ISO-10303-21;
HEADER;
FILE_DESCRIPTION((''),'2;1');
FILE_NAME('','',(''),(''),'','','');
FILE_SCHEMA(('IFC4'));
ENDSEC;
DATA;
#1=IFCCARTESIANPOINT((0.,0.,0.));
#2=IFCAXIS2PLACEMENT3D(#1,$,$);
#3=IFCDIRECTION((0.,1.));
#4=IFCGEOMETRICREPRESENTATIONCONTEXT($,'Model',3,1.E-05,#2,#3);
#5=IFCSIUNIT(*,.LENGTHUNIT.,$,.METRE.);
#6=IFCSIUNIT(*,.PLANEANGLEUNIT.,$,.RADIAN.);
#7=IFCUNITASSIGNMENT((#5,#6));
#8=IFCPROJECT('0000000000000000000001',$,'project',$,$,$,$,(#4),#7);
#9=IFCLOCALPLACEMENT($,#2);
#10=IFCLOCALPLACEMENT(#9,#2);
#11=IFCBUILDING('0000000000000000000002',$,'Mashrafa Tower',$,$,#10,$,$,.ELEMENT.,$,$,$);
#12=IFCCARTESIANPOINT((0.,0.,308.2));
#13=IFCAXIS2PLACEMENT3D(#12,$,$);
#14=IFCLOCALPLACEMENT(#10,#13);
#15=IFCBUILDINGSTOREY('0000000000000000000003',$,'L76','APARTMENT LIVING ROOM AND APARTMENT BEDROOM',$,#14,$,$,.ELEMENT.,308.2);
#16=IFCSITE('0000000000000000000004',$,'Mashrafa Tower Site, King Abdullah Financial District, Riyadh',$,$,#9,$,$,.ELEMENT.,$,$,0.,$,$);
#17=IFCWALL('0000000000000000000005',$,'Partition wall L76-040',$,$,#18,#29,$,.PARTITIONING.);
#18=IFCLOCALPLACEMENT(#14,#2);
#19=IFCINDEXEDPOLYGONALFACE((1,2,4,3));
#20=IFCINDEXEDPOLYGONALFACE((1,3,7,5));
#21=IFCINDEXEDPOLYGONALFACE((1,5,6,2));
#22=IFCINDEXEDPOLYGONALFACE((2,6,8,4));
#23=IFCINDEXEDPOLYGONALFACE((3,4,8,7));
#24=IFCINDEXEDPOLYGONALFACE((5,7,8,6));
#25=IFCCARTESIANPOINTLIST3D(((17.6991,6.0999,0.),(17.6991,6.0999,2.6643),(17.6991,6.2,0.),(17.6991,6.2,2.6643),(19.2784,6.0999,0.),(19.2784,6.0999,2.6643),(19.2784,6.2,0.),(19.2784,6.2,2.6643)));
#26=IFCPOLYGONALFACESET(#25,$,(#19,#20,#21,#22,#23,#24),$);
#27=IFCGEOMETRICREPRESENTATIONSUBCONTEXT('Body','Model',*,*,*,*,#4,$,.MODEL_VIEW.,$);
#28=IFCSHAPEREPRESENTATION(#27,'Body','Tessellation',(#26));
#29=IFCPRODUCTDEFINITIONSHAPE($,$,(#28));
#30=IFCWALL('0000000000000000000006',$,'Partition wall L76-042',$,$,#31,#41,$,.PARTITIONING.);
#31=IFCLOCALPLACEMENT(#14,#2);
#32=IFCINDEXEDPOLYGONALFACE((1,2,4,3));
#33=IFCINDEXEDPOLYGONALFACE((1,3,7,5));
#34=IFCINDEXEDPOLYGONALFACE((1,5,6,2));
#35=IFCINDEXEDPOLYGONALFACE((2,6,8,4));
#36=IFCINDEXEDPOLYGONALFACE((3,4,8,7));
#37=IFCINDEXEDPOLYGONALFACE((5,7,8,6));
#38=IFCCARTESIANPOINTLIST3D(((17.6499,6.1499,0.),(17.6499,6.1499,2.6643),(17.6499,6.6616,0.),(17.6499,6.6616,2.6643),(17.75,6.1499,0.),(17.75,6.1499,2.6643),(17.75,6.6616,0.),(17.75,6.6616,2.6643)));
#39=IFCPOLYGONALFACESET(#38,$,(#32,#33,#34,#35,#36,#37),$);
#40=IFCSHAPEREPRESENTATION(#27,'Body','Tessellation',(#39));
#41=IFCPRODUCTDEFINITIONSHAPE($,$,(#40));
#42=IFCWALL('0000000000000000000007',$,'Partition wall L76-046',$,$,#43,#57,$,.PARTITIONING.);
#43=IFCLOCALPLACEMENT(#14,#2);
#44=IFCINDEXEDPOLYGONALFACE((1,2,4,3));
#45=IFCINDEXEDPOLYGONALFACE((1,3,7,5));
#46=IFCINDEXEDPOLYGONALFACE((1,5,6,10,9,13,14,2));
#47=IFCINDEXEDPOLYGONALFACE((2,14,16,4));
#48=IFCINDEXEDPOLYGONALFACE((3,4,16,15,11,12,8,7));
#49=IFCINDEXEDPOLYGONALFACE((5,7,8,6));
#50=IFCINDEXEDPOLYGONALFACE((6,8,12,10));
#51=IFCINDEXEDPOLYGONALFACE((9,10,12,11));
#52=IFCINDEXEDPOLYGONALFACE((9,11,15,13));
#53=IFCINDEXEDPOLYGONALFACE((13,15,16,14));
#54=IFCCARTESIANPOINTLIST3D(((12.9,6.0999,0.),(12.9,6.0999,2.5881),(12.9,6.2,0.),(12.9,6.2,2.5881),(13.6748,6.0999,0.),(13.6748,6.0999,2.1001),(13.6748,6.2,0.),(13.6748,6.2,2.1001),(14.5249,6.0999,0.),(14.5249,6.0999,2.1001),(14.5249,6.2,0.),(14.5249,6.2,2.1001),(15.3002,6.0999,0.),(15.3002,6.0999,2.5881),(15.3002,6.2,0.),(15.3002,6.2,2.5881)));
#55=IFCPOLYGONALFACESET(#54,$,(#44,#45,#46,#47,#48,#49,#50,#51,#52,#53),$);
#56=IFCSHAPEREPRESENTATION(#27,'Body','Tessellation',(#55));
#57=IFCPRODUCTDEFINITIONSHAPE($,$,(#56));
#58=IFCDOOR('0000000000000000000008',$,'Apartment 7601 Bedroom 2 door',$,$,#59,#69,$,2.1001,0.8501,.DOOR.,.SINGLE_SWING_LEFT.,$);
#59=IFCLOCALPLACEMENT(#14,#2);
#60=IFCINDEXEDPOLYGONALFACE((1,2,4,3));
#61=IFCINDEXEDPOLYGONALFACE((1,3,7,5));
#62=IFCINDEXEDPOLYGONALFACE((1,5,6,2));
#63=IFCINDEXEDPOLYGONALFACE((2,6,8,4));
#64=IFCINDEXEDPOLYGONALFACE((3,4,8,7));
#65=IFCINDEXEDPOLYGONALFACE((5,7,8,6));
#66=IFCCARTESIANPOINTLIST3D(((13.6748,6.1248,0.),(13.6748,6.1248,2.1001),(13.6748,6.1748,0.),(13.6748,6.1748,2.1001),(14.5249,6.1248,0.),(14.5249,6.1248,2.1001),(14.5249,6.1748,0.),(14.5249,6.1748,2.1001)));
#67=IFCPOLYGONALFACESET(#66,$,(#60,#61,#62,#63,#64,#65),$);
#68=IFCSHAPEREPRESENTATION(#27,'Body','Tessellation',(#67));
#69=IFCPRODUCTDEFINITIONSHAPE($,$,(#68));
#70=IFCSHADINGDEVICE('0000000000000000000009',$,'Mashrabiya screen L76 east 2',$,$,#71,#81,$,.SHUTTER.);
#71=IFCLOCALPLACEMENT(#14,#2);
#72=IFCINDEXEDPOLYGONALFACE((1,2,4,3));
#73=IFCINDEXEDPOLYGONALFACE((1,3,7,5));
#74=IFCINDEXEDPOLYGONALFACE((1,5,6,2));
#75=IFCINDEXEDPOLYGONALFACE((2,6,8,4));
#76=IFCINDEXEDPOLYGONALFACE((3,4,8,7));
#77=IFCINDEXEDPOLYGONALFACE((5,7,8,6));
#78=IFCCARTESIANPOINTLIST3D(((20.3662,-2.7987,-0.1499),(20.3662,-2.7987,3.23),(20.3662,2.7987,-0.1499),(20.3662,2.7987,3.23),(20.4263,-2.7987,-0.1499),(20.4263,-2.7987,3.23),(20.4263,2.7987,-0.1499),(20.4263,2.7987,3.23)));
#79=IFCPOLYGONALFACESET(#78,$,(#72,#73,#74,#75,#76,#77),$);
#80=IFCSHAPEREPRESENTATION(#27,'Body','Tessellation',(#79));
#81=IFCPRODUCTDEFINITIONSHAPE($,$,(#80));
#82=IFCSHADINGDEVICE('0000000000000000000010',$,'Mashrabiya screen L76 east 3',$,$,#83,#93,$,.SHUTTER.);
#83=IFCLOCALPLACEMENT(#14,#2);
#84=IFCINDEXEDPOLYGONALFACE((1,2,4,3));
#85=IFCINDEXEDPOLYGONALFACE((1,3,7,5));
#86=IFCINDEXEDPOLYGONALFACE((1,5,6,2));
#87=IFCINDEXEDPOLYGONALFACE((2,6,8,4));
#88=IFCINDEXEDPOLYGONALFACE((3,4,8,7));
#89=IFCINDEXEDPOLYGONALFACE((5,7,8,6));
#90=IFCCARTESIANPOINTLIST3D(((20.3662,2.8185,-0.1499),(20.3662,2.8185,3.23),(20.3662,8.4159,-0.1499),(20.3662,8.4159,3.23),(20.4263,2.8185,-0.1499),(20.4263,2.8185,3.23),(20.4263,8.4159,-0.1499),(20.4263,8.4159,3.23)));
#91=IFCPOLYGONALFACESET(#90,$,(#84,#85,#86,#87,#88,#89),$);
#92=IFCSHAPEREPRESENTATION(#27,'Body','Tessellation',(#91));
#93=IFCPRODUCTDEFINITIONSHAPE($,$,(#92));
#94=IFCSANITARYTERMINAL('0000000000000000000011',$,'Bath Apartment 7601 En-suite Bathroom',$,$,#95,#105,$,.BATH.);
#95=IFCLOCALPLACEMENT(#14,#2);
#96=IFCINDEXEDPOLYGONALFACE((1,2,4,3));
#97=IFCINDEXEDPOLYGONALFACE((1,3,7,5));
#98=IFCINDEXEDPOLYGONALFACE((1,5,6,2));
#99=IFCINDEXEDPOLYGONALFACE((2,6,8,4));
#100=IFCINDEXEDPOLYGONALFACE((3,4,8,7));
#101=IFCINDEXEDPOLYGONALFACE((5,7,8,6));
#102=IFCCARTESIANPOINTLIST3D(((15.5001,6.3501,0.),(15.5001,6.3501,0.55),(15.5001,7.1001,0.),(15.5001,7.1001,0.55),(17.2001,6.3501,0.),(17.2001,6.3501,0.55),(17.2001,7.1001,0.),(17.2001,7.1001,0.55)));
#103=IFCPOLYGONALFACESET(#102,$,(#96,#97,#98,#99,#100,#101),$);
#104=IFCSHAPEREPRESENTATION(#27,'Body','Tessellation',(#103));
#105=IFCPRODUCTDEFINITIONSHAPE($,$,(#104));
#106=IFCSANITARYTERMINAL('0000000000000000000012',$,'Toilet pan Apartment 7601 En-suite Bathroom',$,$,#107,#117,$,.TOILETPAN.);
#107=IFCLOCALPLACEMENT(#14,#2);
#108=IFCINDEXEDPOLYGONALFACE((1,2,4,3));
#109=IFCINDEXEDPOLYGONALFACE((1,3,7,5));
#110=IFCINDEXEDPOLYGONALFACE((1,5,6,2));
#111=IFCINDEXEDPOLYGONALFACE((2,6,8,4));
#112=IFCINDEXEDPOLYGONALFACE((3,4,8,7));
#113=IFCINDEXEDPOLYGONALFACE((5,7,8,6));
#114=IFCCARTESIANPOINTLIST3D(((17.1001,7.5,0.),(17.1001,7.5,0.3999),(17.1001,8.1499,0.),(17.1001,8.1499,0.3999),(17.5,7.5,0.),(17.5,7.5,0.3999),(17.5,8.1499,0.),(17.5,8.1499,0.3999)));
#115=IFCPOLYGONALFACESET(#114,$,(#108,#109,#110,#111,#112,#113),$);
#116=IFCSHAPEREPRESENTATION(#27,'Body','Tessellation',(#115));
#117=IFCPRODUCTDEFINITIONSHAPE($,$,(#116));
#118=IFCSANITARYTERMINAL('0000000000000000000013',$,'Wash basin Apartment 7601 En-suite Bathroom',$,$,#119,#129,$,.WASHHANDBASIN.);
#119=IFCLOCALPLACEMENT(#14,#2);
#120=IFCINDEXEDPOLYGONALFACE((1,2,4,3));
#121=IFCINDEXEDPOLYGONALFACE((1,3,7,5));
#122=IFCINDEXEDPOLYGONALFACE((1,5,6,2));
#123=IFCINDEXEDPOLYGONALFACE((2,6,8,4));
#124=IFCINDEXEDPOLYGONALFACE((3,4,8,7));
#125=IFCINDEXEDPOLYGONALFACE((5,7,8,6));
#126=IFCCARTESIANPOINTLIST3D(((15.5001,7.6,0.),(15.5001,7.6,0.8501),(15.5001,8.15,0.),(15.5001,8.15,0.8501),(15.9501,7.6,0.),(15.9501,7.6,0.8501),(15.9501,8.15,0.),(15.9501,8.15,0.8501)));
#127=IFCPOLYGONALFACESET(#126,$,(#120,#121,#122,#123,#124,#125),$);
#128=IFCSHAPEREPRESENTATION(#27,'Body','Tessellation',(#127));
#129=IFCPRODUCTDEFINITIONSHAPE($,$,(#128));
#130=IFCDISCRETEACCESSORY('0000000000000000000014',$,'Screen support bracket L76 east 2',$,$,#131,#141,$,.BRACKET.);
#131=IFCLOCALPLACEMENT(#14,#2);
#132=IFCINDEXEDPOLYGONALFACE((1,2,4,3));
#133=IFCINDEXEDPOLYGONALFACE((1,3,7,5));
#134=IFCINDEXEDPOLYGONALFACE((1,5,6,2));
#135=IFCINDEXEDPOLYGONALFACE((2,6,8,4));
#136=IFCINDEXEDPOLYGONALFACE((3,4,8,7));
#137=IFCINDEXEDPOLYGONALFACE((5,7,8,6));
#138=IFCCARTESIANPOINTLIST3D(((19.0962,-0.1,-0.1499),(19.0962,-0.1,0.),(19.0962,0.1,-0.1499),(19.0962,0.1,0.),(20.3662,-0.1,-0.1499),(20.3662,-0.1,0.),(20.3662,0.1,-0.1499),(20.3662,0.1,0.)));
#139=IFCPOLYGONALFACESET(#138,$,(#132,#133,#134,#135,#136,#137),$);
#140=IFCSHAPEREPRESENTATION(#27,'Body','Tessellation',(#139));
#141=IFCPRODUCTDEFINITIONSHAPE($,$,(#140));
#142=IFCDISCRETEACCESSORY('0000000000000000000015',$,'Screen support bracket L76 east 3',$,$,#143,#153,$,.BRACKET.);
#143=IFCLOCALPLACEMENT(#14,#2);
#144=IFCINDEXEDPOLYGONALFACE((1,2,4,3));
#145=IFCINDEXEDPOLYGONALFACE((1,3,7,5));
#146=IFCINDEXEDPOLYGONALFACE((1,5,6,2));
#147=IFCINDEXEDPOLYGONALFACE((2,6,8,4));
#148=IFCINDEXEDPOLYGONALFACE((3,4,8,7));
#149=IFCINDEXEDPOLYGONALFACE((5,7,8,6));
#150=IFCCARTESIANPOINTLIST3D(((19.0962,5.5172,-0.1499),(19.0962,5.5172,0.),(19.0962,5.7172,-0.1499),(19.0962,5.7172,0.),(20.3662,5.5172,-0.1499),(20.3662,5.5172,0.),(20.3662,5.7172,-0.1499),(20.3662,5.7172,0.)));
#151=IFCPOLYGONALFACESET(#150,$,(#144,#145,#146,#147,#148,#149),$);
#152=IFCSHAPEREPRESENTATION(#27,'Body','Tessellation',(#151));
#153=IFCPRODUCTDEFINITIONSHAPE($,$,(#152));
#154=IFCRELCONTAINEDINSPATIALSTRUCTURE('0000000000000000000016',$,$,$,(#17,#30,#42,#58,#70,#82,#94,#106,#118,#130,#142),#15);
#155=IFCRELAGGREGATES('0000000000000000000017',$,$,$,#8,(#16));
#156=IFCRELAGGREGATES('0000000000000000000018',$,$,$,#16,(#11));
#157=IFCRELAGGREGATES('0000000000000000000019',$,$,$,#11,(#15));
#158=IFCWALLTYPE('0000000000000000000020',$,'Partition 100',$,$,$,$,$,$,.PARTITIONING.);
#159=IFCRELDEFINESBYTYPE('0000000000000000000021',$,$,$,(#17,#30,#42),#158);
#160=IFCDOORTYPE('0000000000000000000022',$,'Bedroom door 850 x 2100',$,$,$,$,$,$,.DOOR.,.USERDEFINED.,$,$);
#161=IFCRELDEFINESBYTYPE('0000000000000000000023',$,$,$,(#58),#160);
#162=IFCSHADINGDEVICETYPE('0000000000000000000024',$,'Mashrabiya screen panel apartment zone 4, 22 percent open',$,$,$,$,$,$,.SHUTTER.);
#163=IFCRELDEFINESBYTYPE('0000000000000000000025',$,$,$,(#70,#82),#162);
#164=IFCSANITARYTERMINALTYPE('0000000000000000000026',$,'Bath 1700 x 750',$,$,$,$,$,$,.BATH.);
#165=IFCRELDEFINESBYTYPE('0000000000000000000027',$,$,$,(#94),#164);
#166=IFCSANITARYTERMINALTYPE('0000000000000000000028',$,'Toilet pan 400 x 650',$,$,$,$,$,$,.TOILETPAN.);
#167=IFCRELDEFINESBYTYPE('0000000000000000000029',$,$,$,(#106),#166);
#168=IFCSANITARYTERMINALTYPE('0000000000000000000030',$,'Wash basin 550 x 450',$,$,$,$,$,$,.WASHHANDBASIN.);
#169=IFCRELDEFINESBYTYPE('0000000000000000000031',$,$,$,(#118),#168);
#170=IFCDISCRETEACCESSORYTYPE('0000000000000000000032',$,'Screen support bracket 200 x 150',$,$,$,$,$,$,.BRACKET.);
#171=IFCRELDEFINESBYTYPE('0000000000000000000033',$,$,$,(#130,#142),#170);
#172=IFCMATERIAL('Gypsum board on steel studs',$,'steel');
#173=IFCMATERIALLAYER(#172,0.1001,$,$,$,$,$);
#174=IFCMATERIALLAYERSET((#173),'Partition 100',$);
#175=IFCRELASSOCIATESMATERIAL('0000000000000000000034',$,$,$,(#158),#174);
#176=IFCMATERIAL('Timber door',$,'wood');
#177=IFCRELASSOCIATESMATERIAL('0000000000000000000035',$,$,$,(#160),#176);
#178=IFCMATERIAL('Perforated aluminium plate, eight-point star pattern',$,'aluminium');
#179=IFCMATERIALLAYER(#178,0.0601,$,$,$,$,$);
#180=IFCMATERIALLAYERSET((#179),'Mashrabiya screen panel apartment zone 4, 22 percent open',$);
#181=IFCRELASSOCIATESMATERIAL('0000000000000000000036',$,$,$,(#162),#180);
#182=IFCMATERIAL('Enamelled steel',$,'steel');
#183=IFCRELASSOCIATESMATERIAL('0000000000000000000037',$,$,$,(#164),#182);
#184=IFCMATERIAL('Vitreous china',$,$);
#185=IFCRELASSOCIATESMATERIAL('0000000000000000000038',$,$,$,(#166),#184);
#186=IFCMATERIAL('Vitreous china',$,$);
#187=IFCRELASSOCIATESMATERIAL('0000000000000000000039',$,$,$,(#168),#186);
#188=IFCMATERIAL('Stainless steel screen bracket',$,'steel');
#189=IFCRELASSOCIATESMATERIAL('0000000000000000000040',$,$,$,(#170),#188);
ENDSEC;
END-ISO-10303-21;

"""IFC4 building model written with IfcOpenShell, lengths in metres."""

from ifc_helpers import new_model, si_unit, direction, frame, frame_2d, origin, origin_2d, place, context, subcontext, project, spatial, rectangle, extrude, source, transform, mapped, material, layer, layer_set, type_object, type_shapes, element, fill, save


model = new_model("IFC4")

# Units and contexts
model_context = context("Model", 3, precision=1e-05, world=origin(), true_north=direction((0.0, 1.0)))
body_context = subcontext(model_context, "Body", "Model", "MODEL_VIEW")
ifc_project = project(units=[si_unit("LENGTHUNIT", "METRE"), si_unit("PLANEANGLEUNIT", "RADIAN")], contexts=[model_context])

# Site, building, storey
site_placement = place(None, origin())
site = spatial("IfcSite", under=ifc_project, at=site_placement, Name="Mashrafa Tower Site, King Abdullah Financial District, Riyadh", CompositionType="ELEMENT", RefElevation=0.0)
building_placement = place(site_placement, origin())
building = spatial("IfcBuilding", under=site, at=building_placement, Name="Mashrafa Tower", CompositionType="ELEMENT")
storey_placement = place(building_placement, frame((0.0, 0.0, 308.2)))
storey = spatial("IfcBuildingStorey", under=building, at=storey_placement, Name="L76", Description="APARTMENT LIVING ROOM AND APARTMENT BEDROOM", CompositionType="ELEMENT", Elevation=308.2)

# Shared definitions
ifc_material_1 = material(Name="Gypsum board on steel studs", Category="steel")
ifc_layer_1 = layer(ifc_material_1, 0.1001)
ifc_layer_set_1 = layer_set([ifc_layer_1], Name="Partition 100")
wall_type_1 = type_object("IfcWallType", Name="Partition 100", PredefinedType="PARTITIONING", material=ifc_layer_set_1)

# Shared definitions
ifc_material_2 = material(Name="Timber door", Category="wood")
door_type_1 = type_object("IfcDoorType", Name="Bedroom door 850 x 2100", OperationType="USERDEFINED", PredefinedType="DOOR", material=ifc_material_2)

# Walls
wall_1_placement = place(storey_placement, frame((19.2783, 6.1499, 0.0), z_axis=(0.0, 0.0, 1.0), x_axis=(-1.0, 0.0, 0.0)))
element("IfcWall", 1, at=wall_1_placement, inside=storey, type_object=wall_type_1, Name="Partition wall L76-040", PredefinedType="PARTITIONING", context=body_context, shape_type="SweptSolid", body=[
    extrude(rectangle(XDim=1.5793, YDim=0.1001, at=frame_2d((0.7896, 0.0))), origin(), (0.0, 0.0, 1.0), 2.6643),
])
wall_2_placement = place(storey_placement, frame((17.7, 6.1499, 0.0), z_axis=(0.0, 0.0, 1.0), x_axis=(0.0, 1.0, 0.0)))
element("IfcWall", 2, at=wall_2_placement, inside=storey, type_object=wall_type_1, Name="Partition wall L76-042", PredefinedType="PARTITIONING", context=body_context, shape_type="SweptSolid", body=[
    extrude(rectangle(XDim=0.5117, YDim=0.1001, at=frame_2d((0.2559, 0.0))), origin(), (0.0, 0.0, 1.0), 2.6643),
])

# Wall, opening, door
wall_3_placement = place(storey_placement, frame((12.8999, 6.1499, 0.0), z_axis=(0.0, 0.0, 1.0), x_axis=(1.0, 0.0, 0.0)))
wall_3 = element("IfcWall", 3, at=wall_3_placement, inside=storey, type_object=wall_type_1, Name="Partition wall L76-046", PredefinedType="PARTITIONING", context=body_context, shape_type="SweptSolid", body=[
    extrude(rectangle(XDim=2.4001, YDim=0.1001, at=frame_2d((1.2002, 0.0))), origin(), (0.0, 0.0, 1.0), 2.5881),
])
opening_1_placement = place(wall_3_placement, frame((0.7749, 0.0, 0.0)))
opening_1 = element("IfcOpeningElement", 4, at=opening_1_placement, cuts=wall_3, PredefinedType="OPENING", context=body_context, shape_type="SweptSolid", body=[
    extrude(rectangle(XDim=0.8501, YDim=2.1001, at=frame_2d((0.425, 1.05))), frame((0.0, 0.0601, 0.0), z_axis=(0.0, -1.0, 0.0), x_axis=(1.0, 0.0, 0.0)), (0.0, 0.0, 1.0), 0.1201),
])
door_1_placement = place(opening_1_placement, origin())
door_1 = element("IfcDoor", 5, at=door_1_placement, inside=storey, type_object=door_type_1, Name="Apartment 7601 Bedroom 2 door", OperationType="SINGLE_SWING_LEFT", OverallHeight=2.1001, OverallWidth=0.8501, PredefinedType="DOOR", context=body_context, shape_type="SweptSolid", body=[
    extrude(rectangle(XDim=0.8501, YDim=2.1001, at=frame_2d((0.425, 1.05))), frame((0.0, 0.0249, 0.0), z_axis=(0.0, -1.0, 0.0), x_axis=(1.0, 0.0, 0.0)), (0.0, 0.0, 1.0), 0.05),
])
fill(opening_1, door_1)

# Shading devices
ifc_material_3 = material(Name="Perforated aluminium plate, eight-point star pattern", Category="aluminium")
ifc_layer_2 = layer(ifc_material_3, 0.0601)
ifc_layer_set_2 = layer_set([ifc_layer_2], Name="Mashrabiya screen panel apartment zone 4, 22 percent open")
shading_device_type = type_object("IfcShadingDeviceType", Name="Mashrabiya screen panel apartment zone 4, 22 percent open", PredefinedType="SHUTTER", material=ifc_layer_set_2)
shared_shape_1 = source(origin(), body_context, "Body", "SweptSolid", [
    extrude(rectangle(XDim=5.5974, YDim=0.0601, at=origin_2d()), origin(), (0.0, 0.0, 1.0), 3.3799),
])
type_shapes(shading_device_type, [shared_shape_1])
for number, where, z_axis, x_axis, name in (
    (6, (20.3962, 0.0, -0.1499), (0.0, 0.0, 1.0), (0.0, 1.0, 0.0), "Mashrabiya screen L76 east 2"),
    (7, (20.3962, 5.6172, -0.1499), (0.0, 0.0, 1.0), (0.0, 1.0, 0.0), "Mashrabiya screen L76 east 3"),
):
    element("IfcShadingDevice", number, at=place(storey_placement, frame(where, z_axis=z_axis, x_axis=x_axis)), inside=storey, type_object=shading_device_type, Name=name, PredefinedType="SHUTTER", context=body_context, shape_type="MappedRepresentation", body=[
        mapped(shared_shape_1, transform((0.0, 0.0, 0.0))),
    ])

# Sanitary terminals
ifc_material_4 = material(Name="Enamelled steel", Category="steel")
sanitary_terminal_type_1 = type_object("IfcSanitaryTerminalType", Name="Bath 1700 x 750", PredefinedType="BATH", material=ifc_material_4)
sanitary_terminal_1_placement = place(storey_placement, frame((16.3501, 6.7251, 0.0), z_axis=(0.0, 0.0, 1.0), x_axis=(1.0, 0.0, 0.0)))
element("IfcSanitaryTerminal", 8, at=sanitary_terminal_1_placement, inside=storey, type_object=sanitary_terminal_type_1, Name="Bath Apartment 7601 En-suite Bathroom", PredefinedType="BATH", context=body_context, shape_type="SweptSolid", body=[
    extrude(rectangle(XDim=1.7, YDim=0.75, at=origin_2d()), origin(), (0.0, 0.0, 1.0), 0.55),
])
ifc_material_5 = material(Name="Vitreous china")
sanitary_terminal_type_2 = type_object("IfcSanitaryTerminalType", Name="Toilet pan 400 x 650", PredefinedType="TOILETPAN", material=ifc_material_5)
sanitary_terminal_2_placement = place(storey_placement, frame((17.3, 7.825, 0.0), z_axis=(0.0, 0.0, 1.0), x_axis=(-1.0, 0.0, 0.0)))
element("IfcSanitaryTerminal", 9, at=sanitary_terminal_2_placement, inside=storey, type_object=sanitary_terminal_type_2, Name="Toilet pan Apartment 7601 En-suite Bathroom", PredefinedType="TOILETPAN", context=body_context, shape_type="SweptSolid", body=[
    extrude(rectangle(XDim=0.3999, YDim=0.6499, at=origin_2d()), origin(), (0.0, 0.0, 1.0), 0.3999),
])
ifc_material_6 = material(Name="Vitreous china")
sanitary_terminal_type_3 = type_object("IfcSanitaryTerminalType", Name="Wash basin 550 x 450", PredefinedType="WASHHANDBASIN", material=ifc_material_6)
sanitary_terminal_3_placement = place(storey_placement, frame((15.7251, 7.875, 0.0), z_axis=(0.0, 0.0, 1.0), x_axis=(0.0, -1.0, 0.0)))
element("IfcSanitaryTerminal", 10, at=sanitary_terminal_3_placement, inside=storey, type_object=sanitary_terminal_type_3, Name="Wash basin Apartment 7601 En-suite Bathroom", PredefinedType="WASHHANDBASIN", context=body_context, shape_type="SweptSolid", body=[
    extrude(rectangle(XDim=0.55, YDim=0.45, at=origin_2d()), origin(), (0.0, 0.0, 1.0), 0.8501),
])

# Discrete accessories
ifc_material_7 = material(Name="Stainless steel screen bracket", Category="steel")
discrete_accessory_type = type_object("IfcDiscreteAccessoryType", Name="Screen support bracket 200 x 150", PredefinedType="BRACKET", material=ifc_material_7)
shared_shape_2 = source(origin(), body_context, "Body", "SweptSolid", [
    extrude(rectangle(XDim=0.2, YDim=1.27, at=origin_2d()), origin(), (0.0, 0.0, 1.0), 0.1499),
])
type_shapes(discrete_accessory_type, [shared_shape_2])
for number, where, z_axis, x_axis, name in (
    (11, (19.7312, 0.0, -0.1499), (0.0, 0.0, 1.0), (0.0, 1.0, 0.0), "Screen support bracket L76 east 2"),
    (12, (19.7312, 5.6172, -0.1499), (0.0, 0.0, 1.0), (0.0, 1.0, 0.0), "Screen support bracket L76 east 3"),
):
    element("IfcDiscreteAccessory", number, at=place(storey_placement, frame(where, z_axis=z_axis, x_axis=x_axis)), inside=storey, type_object=discrete_accessory_type, Name=name, PredefinedType="BRACKET", context=body_context, shape_type="MappedRepresentation", body=[
        mapped(shared_shape_2, transform((0.0, 0.0, 0.0))),
    ])

save(model, "model.ifc")
